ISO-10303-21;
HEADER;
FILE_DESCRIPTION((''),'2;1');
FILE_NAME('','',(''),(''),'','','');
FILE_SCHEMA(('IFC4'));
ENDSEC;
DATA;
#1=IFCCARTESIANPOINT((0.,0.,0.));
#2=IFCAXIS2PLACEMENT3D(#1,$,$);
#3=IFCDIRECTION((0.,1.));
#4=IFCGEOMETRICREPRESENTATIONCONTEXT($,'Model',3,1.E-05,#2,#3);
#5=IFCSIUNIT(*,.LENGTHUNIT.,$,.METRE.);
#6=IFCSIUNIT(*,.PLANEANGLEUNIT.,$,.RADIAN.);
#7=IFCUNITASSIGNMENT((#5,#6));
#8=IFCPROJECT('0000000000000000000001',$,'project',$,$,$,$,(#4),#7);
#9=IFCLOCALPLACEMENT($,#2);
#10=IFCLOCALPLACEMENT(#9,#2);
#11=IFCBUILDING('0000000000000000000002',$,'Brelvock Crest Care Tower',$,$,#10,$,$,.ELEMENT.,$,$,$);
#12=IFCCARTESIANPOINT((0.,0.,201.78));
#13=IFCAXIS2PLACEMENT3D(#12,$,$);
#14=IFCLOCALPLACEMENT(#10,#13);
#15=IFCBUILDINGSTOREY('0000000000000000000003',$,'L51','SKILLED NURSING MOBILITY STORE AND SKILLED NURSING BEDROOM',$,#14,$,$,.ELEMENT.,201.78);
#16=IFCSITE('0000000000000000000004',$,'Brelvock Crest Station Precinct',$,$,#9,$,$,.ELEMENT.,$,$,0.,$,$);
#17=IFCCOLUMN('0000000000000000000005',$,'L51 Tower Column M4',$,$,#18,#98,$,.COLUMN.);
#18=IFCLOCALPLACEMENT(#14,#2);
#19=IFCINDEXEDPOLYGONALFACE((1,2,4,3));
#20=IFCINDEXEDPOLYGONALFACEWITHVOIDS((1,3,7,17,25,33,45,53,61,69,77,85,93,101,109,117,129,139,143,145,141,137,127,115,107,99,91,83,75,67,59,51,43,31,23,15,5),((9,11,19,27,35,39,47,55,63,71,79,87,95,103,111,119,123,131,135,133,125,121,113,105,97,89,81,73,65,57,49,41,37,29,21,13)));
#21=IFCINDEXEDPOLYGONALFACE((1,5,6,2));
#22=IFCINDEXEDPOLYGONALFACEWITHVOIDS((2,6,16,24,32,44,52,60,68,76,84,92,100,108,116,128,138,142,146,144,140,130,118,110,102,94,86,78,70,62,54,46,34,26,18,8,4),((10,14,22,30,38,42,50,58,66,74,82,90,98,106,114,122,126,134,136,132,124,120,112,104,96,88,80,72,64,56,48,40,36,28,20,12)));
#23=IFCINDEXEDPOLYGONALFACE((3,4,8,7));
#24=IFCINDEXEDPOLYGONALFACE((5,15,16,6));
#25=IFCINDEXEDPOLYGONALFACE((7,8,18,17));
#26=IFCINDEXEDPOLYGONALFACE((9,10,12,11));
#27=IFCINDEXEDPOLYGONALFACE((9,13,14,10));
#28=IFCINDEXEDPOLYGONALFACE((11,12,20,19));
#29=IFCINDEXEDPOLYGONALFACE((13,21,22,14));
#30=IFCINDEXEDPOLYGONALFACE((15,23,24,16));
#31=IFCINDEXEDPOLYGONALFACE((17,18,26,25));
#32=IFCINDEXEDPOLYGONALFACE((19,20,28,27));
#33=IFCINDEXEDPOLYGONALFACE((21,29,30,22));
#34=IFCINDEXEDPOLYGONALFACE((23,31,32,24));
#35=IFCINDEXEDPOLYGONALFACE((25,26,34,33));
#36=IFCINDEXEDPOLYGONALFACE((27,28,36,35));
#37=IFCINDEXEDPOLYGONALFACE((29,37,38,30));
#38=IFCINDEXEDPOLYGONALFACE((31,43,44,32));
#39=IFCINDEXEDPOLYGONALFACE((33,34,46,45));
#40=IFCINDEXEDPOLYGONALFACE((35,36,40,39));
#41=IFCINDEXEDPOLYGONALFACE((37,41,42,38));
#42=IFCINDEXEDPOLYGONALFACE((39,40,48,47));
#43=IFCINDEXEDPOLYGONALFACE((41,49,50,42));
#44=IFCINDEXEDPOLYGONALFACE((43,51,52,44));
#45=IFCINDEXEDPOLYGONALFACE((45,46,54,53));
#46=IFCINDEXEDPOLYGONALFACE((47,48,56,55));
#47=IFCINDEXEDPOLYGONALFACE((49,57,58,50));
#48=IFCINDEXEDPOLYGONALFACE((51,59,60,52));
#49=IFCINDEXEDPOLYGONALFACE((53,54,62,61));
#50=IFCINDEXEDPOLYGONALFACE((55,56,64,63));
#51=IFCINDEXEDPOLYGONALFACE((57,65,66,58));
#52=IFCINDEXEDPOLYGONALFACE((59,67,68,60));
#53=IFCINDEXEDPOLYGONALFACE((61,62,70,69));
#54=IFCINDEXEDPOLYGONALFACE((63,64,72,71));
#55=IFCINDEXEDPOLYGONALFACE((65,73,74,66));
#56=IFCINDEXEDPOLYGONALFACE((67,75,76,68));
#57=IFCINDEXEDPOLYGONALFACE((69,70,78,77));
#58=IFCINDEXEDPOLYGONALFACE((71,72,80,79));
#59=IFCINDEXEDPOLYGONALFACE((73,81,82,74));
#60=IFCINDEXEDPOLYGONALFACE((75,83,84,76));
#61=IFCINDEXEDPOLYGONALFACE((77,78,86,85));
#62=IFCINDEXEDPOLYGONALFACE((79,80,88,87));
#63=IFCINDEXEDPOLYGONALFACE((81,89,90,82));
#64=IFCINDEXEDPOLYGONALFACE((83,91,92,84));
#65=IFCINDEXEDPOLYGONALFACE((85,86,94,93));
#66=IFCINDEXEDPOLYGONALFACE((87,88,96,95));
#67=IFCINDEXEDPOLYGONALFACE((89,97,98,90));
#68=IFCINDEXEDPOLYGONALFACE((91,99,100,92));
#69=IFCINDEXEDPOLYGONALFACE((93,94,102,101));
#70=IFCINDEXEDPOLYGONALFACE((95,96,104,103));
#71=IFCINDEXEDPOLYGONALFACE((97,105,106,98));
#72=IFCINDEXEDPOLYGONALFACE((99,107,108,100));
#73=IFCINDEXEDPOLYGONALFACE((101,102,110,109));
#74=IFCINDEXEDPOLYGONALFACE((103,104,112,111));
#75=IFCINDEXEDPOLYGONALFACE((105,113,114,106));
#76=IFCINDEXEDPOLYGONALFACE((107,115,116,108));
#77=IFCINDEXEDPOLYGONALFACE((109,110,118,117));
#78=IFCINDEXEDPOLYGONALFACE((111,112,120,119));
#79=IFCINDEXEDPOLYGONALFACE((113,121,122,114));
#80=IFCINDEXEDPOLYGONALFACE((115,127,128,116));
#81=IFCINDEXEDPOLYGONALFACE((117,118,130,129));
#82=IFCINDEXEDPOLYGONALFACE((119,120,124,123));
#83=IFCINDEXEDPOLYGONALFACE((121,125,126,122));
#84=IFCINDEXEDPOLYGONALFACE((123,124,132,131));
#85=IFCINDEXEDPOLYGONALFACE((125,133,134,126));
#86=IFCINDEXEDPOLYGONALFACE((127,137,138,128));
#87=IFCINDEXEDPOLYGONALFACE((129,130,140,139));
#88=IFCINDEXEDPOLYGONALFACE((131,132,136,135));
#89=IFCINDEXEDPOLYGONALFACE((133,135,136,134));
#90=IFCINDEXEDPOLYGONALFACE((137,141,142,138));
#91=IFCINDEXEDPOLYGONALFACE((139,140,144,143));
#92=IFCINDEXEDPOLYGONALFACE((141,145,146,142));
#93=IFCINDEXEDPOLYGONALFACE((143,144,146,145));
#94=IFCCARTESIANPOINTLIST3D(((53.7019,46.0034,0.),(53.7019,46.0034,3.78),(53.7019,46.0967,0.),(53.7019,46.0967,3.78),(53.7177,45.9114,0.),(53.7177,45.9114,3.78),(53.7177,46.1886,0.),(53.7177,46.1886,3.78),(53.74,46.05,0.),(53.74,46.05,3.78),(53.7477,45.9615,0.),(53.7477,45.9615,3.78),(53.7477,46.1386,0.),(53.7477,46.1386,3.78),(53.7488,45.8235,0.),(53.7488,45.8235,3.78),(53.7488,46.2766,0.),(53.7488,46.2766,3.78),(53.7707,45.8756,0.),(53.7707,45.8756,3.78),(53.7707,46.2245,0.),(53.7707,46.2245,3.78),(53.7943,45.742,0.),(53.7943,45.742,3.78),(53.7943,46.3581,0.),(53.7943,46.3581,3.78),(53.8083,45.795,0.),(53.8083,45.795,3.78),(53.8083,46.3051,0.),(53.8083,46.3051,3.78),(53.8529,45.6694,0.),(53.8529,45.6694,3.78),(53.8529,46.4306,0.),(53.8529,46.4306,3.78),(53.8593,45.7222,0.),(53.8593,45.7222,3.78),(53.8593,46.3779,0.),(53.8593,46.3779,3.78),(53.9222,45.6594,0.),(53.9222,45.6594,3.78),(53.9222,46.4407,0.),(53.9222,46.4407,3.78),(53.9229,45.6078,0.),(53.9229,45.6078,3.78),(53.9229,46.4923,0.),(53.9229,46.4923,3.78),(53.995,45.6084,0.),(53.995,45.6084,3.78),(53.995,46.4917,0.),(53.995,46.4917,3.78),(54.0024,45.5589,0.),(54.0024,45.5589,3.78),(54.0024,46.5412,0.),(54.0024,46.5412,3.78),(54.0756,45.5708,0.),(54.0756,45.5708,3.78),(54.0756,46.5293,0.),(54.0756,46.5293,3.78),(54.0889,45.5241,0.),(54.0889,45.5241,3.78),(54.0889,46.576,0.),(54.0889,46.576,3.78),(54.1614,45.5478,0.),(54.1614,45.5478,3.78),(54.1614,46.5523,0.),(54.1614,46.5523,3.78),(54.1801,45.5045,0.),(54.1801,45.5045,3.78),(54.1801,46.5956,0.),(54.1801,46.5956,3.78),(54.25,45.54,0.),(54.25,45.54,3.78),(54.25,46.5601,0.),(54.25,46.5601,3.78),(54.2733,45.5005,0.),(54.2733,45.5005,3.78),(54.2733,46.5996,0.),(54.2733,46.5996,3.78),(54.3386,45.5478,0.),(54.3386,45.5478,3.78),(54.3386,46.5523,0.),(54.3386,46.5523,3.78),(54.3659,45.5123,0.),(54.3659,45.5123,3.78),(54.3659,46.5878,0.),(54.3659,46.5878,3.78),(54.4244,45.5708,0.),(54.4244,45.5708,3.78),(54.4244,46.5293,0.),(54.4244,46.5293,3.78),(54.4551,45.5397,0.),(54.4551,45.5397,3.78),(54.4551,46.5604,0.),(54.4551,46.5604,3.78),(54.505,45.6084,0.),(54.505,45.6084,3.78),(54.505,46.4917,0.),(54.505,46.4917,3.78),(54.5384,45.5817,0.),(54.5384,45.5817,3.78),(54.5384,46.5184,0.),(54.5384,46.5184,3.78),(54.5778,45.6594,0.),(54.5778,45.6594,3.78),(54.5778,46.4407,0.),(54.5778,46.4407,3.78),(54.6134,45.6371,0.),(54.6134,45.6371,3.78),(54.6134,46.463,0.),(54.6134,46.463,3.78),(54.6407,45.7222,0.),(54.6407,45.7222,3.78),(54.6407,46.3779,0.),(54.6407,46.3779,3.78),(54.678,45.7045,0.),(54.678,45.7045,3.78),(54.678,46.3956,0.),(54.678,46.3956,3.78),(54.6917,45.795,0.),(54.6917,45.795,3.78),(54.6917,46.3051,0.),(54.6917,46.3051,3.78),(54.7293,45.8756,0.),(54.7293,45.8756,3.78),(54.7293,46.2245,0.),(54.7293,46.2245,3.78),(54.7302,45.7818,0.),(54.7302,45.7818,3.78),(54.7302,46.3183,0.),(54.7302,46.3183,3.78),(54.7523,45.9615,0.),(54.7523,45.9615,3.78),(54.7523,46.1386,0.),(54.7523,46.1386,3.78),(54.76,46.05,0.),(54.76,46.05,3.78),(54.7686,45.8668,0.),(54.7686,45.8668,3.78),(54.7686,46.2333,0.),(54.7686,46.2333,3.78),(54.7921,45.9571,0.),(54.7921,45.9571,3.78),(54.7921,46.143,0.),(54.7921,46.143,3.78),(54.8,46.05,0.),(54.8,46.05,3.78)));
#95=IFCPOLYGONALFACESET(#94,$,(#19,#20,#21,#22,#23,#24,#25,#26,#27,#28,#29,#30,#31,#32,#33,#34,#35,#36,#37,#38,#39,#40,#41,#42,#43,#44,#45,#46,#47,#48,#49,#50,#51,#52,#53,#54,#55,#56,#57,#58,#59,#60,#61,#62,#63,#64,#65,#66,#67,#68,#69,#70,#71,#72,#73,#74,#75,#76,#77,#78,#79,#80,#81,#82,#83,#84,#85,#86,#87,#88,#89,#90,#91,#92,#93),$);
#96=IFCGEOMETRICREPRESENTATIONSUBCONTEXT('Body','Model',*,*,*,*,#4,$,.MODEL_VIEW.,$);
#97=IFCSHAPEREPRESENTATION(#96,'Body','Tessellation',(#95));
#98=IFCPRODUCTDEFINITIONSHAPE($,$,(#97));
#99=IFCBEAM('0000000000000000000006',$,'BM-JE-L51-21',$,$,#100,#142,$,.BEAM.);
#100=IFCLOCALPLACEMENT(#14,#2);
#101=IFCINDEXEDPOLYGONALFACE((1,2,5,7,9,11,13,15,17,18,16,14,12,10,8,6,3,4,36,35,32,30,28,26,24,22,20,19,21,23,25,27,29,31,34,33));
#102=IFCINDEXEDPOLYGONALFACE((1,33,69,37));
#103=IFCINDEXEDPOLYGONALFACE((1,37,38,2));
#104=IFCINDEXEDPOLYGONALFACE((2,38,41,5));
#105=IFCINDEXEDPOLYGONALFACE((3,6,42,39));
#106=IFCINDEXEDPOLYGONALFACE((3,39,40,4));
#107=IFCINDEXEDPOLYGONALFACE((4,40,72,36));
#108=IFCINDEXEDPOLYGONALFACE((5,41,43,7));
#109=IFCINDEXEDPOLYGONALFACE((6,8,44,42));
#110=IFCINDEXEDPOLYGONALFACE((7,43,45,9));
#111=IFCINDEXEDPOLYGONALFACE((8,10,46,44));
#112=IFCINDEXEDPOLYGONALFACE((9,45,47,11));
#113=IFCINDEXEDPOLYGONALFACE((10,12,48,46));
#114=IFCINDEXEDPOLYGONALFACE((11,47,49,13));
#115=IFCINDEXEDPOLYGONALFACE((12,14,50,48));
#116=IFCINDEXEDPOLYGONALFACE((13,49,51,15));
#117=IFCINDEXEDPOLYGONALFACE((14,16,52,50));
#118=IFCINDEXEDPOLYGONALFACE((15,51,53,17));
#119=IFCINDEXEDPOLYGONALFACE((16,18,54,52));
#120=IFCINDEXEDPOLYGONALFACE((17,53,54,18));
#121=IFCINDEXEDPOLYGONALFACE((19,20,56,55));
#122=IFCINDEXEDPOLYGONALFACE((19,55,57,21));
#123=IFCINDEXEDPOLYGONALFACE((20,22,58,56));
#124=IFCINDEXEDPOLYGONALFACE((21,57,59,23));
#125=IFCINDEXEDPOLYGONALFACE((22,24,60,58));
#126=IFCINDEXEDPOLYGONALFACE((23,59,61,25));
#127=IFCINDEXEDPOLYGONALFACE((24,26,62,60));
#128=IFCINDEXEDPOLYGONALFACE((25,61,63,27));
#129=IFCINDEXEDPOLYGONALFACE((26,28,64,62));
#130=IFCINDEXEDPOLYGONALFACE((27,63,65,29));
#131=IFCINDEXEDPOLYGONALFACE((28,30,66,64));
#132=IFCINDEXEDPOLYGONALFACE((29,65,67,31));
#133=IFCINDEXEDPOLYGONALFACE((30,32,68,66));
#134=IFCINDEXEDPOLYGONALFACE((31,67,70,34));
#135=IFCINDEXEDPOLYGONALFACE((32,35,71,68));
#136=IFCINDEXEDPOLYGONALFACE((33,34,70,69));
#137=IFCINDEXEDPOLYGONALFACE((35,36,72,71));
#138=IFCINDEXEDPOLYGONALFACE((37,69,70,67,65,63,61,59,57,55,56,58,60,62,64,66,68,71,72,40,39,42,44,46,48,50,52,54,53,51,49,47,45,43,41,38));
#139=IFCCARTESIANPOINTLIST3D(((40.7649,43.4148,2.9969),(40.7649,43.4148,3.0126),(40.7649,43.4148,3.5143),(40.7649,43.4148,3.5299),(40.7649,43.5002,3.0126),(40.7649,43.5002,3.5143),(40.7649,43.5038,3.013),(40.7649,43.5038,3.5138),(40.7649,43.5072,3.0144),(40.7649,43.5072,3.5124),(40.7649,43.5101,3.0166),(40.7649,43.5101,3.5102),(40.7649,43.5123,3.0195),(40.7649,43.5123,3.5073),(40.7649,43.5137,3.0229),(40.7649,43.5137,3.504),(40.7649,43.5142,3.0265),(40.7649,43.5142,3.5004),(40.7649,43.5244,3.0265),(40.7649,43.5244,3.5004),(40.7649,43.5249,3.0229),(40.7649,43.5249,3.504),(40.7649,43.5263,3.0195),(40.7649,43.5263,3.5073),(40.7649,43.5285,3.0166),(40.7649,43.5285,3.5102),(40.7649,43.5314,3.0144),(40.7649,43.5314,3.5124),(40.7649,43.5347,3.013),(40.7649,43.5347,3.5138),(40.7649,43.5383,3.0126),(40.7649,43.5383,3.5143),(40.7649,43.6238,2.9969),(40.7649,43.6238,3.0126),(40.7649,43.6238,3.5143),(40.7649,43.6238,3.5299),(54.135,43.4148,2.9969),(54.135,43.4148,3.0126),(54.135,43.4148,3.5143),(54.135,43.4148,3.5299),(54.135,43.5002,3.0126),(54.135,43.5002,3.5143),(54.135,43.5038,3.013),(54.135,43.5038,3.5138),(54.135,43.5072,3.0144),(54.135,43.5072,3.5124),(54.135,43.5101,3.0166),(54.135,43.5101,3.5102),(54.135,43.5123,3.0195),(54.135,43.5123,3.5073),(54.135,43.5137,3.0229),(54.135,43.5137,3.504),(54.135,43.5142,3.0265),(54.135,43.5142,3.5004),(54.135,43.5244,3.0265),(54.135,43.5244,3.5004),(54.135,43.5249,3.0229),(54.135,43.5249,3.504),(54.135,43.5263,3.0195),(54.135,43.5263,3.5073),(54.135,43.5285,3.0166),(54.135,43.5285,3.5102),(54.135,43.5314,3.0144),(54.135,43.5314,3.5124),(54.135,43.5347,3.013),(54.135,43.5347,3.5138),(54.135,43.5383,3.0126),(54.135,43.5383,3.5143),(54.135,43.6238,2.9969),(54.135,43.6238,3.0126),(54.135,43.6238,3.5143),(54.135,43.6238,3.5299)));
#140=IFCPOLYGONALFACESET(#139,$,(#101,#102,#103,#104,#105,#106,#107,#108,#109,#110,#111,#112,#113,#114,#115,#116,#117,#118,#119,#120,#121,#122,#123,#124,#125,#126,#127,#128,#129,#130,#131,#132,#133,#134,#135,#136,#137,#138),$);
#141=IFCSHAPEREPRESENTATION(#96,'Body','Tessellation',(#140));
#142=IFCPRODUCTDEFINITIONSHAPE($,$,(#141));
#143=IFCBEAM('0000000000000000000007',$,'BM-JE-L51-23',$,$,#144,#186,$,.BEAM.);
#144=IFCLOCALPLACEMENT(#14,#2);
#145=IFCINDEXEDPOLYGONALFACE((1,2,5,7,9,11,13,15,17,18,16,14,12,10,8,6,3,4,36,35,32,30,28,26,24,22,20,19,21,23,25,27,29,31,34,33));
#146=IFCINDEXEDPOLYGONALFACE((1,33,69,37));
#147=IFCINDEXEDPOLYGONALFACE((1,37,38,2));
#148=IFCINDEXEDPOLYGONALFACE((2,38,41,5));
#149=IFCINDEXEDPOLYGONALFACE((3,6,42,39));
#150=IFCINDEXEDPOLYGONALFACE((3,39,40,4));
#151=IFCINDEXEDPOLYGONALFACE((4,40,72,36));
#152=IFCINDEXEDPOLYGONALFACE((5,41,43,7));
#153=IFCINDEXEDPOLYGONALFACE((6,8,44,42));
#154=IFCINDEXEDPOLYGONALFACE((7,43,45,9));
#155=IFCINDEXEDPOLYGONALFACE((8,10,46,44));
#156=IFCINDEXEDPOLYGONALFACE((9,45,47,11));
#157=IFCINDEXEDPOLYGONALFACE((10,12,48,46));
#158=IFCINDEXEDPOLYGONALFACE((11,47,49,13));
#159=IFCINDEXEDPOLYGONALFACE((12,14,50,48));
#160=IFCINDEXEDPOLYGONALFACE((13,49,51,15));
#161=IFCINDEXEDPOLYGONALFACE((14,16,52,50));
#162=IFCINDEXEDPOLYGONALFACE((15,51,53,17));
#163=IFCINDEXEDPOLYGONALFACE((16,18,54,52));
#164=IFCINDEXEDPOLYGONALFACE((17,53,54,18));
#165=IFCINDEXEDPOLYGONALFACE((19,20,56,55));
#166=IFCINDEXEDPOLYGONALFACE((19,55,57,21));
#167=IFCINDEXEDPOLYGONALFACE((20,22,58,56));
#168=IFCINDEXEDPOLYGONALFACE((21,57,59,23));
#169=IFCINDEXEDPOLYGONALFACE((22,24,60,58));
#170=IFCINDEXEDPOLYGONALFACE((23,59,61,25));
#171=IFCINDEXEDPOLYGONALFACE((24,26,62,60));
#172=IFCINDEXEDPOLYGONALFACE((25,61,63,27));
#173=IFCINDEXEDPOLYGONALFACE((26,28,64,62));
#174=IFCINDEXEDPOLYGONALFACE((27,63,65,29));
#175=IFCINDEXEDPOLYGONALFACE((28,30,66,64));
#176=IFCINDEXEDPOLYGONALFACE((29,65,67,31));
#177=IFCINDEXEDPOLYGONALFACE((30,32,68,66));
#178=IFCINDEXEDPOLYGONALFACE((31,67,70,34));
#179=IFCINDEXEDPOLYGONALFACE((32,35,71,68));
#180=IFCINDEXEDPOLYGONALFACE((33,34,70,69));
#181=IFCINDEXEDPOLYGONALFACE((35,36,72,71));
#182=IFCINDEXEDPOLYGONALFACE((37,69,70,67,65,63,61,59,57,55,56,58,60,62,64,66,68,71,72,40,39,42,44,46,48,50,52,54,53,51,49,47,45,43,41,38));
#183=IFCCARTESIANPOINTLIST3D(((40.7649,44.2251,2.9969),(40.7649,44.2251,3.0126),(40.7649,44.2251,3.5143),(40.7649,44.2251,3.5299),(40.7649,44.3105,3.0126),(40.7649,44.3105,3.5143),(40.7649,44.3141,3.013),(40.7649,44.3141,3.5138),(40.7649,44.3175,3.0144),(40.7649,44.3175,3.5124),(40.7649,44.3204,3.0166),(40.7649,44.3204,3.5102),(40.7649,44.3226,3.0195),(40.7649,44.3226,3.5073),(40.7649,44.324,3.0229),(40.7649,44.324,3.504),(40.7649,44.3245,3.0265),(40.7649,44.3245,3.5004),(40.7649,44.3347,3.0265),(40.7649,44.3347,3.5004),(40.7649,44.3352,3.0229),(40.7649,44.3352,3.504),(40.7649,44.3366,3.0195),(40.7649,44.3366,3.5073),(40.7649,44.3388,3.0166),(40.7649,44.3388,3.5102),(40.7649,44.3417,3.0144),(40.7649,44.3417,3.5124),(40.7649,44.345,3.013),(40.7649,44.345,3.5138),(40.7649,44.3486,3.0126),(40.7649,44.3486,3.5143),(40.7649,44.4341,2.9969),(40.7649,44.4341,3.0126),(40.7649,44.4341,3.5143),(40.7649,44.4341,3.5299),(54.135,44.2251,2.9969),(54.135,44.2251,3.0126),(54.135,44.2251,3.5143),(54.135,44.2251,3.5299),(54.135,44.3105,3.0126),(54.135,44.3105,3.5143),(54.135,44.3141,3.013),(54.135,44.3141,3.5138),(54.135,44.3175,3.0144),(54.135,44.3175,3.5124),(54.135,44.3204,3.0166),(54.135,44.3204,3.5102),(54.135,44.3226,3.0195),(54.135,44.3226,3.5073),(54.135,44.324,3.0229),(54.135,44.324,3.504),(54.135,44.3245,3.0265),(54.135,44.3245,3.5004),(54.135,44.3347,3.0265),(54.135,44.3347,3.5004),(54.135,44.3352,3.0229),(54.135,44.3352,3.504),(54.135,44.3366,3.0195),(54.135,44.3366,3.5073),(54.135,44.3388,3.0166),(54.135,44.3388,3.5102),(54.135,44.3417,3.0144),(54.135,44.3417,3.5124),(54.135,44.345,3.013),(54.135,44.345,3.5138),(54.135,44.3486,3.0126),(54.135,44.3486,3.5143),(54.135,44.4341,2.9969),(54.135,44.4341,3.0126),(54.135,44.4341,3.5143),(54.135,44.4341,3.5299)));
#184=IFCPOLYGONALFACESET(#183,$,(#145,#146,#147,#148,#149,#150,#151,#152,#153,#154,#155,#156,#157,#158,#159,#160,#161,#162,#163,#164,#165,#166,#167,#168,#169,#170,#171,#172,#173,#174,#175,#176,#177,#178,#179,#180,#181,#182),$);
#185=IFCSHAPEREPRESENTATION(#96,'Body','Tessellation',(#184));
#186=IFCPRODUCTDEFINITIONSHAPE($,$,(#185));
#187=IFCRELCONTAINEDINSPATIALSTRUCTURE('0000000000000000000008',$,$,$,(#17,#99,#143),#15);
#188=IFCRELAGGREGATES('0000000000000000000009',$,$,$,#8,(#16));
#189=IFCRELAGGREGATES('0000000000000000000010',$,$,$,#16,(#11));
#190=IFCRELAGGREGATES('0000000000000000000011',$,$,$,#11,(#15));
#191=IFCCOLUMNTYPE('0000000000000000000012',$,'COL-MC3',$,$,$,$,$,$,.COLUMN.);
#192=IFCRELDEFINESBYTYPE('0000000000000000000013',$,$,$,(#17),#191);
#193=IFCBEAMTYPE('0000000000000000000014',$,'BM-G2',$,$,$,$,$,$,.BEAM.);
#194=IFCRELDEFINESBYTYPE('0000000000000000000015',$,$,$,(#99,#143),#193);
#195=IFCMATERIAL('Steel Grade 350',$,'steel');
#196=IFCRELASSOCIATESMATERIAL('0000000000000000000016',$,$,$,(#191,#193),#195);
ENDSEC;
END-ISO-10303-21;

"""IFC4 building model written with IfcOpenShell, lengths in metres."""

from ifc_helpers import new_model, si_unit, direction, frame, origin, origin_2d, place, context, subcontext, project, spatial, hollow_circle, i_section, extrude, source, transform, mapped, material, material_profile, profile_set, type_object, element, save


model = new_model("IFC4")

# Units and contexts
model_context = context("Model", 3, precision=1e-05, world=origin(), true_north=direction((0.0, 1.0)))
body_context = subcontext(model_context, "Body", "Model", "MODEL_VIEW")
ifc_project = project(units=[si_unit("LENGTHUNIT", "METRE"), si_unit("PLANEANGLEUNIT", "RADIAN")], contexts=[model_context])

# Site, building, storey
site_placement = place(None, origin())
site = spatial("IfcSite", under=ifc_project, at=site_placement, Name="Brelvock Crest Station Precinct", CompositionType="ELEMENT", RefElevation=0.0)
building_placement = place(site_placement, origin())
building = spatial("IfcBuilding", under=site, at=building_placement, Name="Brelvock Crest Care Tower", CompositionType="ELEMENT")
storey_placement = place(building_placement, frame((0.0, 0.0, 201.78)))
storey = spatial("IfcBuildingStorey", under=building, at=storey_placement, Name="L51", Description="SKILLED NURSING MOBILITY STORE AND SKILLED NURSING BEDROOM", CompositionType="ELEMENT", Elevation=201.78)

# Column
ifc_material_1 = material(Name="Steel Grade 350", Category="steel")
ifc_material_profile_1 = material_profile(ifc_material_1, hollow_circle(Radius=0.55, WallThickness=0.04, at=origin_2d()), Name="CFT1100x40")
ifc_profile_set_1 = profile_set([ifc_material_profile_1], Name="Steel Grade 350")
column_type = type_object("IfcColumnType", Name="COL-MC3", PredefinedType="COLUMN", material=ifc_profile_set_1)
shared_shape_1 = source(origin(), body_context, "Body", "SweptSolid", [
    extrude(hollow_circle(Radius=0.55, WallThickness=0.04, at=origin_2d()), origin(), (0.0, 0.0, 1.0), 3.78),
])
column_placement = place(storey_placement, frame((54.25, 46.05, 0.0), z_axis=(0.0, 0.0, 1.0), x_axis=(1.0, 0.0, 0.0)))
element("IfcColumn", 1, at=column_placement, inside=storey, type_object=column_type, Name="L51 Tower Column M4", PredefinedType="COLUMN", context=body_context, shape_type="MappedRepresentation", body=[
    mapped(shared_shape_1, transform((0.0, 0.0, 0.0), x_axis=(1.0, 0.0, 0.0), y_axis=(0.0, 1.0, 0.0), z_axis=(0.0, 0.0, 1.0), scale=1.0)),
])

# Beams
ifc_material_profile_2 = material_profile(ifc_material_1, i_section(OverallWidth=0.209, OverallDepth=0.533, WebThickness=0.0103, FlangeThickness=0.0156, FilletRadius=0.0139, at=origin_2d()), Name="530UB92.4")
ifc_profile_set_2 = profile_set([ifc_material_profile_2], Name="Steel Grade 350")
beam_type_1 = type_object("IfcBeamType", Name="BM-G2", PredefinedType="BEAM", material=ifc_profile_set_2)
shared_shape_2 = source(origin(), body_context, "Body", "SweptSolid", [
    extrude(i_section(OverallWidth=0.209, OverallDepth=0.533, WebThickness=0.0103, FlangeThickness=0.0156, FilletRadius=0.0139, at=origin_2d()), origin(), (0.0, 0.0, 1.0), 13.3701),
])
for number, where, z_axis, x_axis, name in (
    (2, (40.7649, 43.5193, 3.2634), (1.0, 0.0, 0.0), (0.0, 1.0, 0.0), "BM-JE-L51-21"),
    (3, (40.7649, 44.3296, 3.2634), (1.0, 0.0, 0.0), (0.0, 1.0, 0.0), "BM-JE-L51-23"),
):
    element("IfcBeam", number, at=place(storey_placement, frame(where, z_axis=z_axis, x_axis=x_axis)), inside=storey, type_object=beam_type_1, Name=name, PredefinedType="BEAM", context=body_context, shape_type="MappedRepresentation", body=[
        mapped(shared_shape_2, transform((0.0, 0.0, 0.0), x_axis=(1.0, 0.0, 0.0), y_axis=(0.0, 1.0, 0.0), z_axis=(0.0, 0.0, 1.0), scale=1.0)),
    ])

save(model, "model.ifc")
